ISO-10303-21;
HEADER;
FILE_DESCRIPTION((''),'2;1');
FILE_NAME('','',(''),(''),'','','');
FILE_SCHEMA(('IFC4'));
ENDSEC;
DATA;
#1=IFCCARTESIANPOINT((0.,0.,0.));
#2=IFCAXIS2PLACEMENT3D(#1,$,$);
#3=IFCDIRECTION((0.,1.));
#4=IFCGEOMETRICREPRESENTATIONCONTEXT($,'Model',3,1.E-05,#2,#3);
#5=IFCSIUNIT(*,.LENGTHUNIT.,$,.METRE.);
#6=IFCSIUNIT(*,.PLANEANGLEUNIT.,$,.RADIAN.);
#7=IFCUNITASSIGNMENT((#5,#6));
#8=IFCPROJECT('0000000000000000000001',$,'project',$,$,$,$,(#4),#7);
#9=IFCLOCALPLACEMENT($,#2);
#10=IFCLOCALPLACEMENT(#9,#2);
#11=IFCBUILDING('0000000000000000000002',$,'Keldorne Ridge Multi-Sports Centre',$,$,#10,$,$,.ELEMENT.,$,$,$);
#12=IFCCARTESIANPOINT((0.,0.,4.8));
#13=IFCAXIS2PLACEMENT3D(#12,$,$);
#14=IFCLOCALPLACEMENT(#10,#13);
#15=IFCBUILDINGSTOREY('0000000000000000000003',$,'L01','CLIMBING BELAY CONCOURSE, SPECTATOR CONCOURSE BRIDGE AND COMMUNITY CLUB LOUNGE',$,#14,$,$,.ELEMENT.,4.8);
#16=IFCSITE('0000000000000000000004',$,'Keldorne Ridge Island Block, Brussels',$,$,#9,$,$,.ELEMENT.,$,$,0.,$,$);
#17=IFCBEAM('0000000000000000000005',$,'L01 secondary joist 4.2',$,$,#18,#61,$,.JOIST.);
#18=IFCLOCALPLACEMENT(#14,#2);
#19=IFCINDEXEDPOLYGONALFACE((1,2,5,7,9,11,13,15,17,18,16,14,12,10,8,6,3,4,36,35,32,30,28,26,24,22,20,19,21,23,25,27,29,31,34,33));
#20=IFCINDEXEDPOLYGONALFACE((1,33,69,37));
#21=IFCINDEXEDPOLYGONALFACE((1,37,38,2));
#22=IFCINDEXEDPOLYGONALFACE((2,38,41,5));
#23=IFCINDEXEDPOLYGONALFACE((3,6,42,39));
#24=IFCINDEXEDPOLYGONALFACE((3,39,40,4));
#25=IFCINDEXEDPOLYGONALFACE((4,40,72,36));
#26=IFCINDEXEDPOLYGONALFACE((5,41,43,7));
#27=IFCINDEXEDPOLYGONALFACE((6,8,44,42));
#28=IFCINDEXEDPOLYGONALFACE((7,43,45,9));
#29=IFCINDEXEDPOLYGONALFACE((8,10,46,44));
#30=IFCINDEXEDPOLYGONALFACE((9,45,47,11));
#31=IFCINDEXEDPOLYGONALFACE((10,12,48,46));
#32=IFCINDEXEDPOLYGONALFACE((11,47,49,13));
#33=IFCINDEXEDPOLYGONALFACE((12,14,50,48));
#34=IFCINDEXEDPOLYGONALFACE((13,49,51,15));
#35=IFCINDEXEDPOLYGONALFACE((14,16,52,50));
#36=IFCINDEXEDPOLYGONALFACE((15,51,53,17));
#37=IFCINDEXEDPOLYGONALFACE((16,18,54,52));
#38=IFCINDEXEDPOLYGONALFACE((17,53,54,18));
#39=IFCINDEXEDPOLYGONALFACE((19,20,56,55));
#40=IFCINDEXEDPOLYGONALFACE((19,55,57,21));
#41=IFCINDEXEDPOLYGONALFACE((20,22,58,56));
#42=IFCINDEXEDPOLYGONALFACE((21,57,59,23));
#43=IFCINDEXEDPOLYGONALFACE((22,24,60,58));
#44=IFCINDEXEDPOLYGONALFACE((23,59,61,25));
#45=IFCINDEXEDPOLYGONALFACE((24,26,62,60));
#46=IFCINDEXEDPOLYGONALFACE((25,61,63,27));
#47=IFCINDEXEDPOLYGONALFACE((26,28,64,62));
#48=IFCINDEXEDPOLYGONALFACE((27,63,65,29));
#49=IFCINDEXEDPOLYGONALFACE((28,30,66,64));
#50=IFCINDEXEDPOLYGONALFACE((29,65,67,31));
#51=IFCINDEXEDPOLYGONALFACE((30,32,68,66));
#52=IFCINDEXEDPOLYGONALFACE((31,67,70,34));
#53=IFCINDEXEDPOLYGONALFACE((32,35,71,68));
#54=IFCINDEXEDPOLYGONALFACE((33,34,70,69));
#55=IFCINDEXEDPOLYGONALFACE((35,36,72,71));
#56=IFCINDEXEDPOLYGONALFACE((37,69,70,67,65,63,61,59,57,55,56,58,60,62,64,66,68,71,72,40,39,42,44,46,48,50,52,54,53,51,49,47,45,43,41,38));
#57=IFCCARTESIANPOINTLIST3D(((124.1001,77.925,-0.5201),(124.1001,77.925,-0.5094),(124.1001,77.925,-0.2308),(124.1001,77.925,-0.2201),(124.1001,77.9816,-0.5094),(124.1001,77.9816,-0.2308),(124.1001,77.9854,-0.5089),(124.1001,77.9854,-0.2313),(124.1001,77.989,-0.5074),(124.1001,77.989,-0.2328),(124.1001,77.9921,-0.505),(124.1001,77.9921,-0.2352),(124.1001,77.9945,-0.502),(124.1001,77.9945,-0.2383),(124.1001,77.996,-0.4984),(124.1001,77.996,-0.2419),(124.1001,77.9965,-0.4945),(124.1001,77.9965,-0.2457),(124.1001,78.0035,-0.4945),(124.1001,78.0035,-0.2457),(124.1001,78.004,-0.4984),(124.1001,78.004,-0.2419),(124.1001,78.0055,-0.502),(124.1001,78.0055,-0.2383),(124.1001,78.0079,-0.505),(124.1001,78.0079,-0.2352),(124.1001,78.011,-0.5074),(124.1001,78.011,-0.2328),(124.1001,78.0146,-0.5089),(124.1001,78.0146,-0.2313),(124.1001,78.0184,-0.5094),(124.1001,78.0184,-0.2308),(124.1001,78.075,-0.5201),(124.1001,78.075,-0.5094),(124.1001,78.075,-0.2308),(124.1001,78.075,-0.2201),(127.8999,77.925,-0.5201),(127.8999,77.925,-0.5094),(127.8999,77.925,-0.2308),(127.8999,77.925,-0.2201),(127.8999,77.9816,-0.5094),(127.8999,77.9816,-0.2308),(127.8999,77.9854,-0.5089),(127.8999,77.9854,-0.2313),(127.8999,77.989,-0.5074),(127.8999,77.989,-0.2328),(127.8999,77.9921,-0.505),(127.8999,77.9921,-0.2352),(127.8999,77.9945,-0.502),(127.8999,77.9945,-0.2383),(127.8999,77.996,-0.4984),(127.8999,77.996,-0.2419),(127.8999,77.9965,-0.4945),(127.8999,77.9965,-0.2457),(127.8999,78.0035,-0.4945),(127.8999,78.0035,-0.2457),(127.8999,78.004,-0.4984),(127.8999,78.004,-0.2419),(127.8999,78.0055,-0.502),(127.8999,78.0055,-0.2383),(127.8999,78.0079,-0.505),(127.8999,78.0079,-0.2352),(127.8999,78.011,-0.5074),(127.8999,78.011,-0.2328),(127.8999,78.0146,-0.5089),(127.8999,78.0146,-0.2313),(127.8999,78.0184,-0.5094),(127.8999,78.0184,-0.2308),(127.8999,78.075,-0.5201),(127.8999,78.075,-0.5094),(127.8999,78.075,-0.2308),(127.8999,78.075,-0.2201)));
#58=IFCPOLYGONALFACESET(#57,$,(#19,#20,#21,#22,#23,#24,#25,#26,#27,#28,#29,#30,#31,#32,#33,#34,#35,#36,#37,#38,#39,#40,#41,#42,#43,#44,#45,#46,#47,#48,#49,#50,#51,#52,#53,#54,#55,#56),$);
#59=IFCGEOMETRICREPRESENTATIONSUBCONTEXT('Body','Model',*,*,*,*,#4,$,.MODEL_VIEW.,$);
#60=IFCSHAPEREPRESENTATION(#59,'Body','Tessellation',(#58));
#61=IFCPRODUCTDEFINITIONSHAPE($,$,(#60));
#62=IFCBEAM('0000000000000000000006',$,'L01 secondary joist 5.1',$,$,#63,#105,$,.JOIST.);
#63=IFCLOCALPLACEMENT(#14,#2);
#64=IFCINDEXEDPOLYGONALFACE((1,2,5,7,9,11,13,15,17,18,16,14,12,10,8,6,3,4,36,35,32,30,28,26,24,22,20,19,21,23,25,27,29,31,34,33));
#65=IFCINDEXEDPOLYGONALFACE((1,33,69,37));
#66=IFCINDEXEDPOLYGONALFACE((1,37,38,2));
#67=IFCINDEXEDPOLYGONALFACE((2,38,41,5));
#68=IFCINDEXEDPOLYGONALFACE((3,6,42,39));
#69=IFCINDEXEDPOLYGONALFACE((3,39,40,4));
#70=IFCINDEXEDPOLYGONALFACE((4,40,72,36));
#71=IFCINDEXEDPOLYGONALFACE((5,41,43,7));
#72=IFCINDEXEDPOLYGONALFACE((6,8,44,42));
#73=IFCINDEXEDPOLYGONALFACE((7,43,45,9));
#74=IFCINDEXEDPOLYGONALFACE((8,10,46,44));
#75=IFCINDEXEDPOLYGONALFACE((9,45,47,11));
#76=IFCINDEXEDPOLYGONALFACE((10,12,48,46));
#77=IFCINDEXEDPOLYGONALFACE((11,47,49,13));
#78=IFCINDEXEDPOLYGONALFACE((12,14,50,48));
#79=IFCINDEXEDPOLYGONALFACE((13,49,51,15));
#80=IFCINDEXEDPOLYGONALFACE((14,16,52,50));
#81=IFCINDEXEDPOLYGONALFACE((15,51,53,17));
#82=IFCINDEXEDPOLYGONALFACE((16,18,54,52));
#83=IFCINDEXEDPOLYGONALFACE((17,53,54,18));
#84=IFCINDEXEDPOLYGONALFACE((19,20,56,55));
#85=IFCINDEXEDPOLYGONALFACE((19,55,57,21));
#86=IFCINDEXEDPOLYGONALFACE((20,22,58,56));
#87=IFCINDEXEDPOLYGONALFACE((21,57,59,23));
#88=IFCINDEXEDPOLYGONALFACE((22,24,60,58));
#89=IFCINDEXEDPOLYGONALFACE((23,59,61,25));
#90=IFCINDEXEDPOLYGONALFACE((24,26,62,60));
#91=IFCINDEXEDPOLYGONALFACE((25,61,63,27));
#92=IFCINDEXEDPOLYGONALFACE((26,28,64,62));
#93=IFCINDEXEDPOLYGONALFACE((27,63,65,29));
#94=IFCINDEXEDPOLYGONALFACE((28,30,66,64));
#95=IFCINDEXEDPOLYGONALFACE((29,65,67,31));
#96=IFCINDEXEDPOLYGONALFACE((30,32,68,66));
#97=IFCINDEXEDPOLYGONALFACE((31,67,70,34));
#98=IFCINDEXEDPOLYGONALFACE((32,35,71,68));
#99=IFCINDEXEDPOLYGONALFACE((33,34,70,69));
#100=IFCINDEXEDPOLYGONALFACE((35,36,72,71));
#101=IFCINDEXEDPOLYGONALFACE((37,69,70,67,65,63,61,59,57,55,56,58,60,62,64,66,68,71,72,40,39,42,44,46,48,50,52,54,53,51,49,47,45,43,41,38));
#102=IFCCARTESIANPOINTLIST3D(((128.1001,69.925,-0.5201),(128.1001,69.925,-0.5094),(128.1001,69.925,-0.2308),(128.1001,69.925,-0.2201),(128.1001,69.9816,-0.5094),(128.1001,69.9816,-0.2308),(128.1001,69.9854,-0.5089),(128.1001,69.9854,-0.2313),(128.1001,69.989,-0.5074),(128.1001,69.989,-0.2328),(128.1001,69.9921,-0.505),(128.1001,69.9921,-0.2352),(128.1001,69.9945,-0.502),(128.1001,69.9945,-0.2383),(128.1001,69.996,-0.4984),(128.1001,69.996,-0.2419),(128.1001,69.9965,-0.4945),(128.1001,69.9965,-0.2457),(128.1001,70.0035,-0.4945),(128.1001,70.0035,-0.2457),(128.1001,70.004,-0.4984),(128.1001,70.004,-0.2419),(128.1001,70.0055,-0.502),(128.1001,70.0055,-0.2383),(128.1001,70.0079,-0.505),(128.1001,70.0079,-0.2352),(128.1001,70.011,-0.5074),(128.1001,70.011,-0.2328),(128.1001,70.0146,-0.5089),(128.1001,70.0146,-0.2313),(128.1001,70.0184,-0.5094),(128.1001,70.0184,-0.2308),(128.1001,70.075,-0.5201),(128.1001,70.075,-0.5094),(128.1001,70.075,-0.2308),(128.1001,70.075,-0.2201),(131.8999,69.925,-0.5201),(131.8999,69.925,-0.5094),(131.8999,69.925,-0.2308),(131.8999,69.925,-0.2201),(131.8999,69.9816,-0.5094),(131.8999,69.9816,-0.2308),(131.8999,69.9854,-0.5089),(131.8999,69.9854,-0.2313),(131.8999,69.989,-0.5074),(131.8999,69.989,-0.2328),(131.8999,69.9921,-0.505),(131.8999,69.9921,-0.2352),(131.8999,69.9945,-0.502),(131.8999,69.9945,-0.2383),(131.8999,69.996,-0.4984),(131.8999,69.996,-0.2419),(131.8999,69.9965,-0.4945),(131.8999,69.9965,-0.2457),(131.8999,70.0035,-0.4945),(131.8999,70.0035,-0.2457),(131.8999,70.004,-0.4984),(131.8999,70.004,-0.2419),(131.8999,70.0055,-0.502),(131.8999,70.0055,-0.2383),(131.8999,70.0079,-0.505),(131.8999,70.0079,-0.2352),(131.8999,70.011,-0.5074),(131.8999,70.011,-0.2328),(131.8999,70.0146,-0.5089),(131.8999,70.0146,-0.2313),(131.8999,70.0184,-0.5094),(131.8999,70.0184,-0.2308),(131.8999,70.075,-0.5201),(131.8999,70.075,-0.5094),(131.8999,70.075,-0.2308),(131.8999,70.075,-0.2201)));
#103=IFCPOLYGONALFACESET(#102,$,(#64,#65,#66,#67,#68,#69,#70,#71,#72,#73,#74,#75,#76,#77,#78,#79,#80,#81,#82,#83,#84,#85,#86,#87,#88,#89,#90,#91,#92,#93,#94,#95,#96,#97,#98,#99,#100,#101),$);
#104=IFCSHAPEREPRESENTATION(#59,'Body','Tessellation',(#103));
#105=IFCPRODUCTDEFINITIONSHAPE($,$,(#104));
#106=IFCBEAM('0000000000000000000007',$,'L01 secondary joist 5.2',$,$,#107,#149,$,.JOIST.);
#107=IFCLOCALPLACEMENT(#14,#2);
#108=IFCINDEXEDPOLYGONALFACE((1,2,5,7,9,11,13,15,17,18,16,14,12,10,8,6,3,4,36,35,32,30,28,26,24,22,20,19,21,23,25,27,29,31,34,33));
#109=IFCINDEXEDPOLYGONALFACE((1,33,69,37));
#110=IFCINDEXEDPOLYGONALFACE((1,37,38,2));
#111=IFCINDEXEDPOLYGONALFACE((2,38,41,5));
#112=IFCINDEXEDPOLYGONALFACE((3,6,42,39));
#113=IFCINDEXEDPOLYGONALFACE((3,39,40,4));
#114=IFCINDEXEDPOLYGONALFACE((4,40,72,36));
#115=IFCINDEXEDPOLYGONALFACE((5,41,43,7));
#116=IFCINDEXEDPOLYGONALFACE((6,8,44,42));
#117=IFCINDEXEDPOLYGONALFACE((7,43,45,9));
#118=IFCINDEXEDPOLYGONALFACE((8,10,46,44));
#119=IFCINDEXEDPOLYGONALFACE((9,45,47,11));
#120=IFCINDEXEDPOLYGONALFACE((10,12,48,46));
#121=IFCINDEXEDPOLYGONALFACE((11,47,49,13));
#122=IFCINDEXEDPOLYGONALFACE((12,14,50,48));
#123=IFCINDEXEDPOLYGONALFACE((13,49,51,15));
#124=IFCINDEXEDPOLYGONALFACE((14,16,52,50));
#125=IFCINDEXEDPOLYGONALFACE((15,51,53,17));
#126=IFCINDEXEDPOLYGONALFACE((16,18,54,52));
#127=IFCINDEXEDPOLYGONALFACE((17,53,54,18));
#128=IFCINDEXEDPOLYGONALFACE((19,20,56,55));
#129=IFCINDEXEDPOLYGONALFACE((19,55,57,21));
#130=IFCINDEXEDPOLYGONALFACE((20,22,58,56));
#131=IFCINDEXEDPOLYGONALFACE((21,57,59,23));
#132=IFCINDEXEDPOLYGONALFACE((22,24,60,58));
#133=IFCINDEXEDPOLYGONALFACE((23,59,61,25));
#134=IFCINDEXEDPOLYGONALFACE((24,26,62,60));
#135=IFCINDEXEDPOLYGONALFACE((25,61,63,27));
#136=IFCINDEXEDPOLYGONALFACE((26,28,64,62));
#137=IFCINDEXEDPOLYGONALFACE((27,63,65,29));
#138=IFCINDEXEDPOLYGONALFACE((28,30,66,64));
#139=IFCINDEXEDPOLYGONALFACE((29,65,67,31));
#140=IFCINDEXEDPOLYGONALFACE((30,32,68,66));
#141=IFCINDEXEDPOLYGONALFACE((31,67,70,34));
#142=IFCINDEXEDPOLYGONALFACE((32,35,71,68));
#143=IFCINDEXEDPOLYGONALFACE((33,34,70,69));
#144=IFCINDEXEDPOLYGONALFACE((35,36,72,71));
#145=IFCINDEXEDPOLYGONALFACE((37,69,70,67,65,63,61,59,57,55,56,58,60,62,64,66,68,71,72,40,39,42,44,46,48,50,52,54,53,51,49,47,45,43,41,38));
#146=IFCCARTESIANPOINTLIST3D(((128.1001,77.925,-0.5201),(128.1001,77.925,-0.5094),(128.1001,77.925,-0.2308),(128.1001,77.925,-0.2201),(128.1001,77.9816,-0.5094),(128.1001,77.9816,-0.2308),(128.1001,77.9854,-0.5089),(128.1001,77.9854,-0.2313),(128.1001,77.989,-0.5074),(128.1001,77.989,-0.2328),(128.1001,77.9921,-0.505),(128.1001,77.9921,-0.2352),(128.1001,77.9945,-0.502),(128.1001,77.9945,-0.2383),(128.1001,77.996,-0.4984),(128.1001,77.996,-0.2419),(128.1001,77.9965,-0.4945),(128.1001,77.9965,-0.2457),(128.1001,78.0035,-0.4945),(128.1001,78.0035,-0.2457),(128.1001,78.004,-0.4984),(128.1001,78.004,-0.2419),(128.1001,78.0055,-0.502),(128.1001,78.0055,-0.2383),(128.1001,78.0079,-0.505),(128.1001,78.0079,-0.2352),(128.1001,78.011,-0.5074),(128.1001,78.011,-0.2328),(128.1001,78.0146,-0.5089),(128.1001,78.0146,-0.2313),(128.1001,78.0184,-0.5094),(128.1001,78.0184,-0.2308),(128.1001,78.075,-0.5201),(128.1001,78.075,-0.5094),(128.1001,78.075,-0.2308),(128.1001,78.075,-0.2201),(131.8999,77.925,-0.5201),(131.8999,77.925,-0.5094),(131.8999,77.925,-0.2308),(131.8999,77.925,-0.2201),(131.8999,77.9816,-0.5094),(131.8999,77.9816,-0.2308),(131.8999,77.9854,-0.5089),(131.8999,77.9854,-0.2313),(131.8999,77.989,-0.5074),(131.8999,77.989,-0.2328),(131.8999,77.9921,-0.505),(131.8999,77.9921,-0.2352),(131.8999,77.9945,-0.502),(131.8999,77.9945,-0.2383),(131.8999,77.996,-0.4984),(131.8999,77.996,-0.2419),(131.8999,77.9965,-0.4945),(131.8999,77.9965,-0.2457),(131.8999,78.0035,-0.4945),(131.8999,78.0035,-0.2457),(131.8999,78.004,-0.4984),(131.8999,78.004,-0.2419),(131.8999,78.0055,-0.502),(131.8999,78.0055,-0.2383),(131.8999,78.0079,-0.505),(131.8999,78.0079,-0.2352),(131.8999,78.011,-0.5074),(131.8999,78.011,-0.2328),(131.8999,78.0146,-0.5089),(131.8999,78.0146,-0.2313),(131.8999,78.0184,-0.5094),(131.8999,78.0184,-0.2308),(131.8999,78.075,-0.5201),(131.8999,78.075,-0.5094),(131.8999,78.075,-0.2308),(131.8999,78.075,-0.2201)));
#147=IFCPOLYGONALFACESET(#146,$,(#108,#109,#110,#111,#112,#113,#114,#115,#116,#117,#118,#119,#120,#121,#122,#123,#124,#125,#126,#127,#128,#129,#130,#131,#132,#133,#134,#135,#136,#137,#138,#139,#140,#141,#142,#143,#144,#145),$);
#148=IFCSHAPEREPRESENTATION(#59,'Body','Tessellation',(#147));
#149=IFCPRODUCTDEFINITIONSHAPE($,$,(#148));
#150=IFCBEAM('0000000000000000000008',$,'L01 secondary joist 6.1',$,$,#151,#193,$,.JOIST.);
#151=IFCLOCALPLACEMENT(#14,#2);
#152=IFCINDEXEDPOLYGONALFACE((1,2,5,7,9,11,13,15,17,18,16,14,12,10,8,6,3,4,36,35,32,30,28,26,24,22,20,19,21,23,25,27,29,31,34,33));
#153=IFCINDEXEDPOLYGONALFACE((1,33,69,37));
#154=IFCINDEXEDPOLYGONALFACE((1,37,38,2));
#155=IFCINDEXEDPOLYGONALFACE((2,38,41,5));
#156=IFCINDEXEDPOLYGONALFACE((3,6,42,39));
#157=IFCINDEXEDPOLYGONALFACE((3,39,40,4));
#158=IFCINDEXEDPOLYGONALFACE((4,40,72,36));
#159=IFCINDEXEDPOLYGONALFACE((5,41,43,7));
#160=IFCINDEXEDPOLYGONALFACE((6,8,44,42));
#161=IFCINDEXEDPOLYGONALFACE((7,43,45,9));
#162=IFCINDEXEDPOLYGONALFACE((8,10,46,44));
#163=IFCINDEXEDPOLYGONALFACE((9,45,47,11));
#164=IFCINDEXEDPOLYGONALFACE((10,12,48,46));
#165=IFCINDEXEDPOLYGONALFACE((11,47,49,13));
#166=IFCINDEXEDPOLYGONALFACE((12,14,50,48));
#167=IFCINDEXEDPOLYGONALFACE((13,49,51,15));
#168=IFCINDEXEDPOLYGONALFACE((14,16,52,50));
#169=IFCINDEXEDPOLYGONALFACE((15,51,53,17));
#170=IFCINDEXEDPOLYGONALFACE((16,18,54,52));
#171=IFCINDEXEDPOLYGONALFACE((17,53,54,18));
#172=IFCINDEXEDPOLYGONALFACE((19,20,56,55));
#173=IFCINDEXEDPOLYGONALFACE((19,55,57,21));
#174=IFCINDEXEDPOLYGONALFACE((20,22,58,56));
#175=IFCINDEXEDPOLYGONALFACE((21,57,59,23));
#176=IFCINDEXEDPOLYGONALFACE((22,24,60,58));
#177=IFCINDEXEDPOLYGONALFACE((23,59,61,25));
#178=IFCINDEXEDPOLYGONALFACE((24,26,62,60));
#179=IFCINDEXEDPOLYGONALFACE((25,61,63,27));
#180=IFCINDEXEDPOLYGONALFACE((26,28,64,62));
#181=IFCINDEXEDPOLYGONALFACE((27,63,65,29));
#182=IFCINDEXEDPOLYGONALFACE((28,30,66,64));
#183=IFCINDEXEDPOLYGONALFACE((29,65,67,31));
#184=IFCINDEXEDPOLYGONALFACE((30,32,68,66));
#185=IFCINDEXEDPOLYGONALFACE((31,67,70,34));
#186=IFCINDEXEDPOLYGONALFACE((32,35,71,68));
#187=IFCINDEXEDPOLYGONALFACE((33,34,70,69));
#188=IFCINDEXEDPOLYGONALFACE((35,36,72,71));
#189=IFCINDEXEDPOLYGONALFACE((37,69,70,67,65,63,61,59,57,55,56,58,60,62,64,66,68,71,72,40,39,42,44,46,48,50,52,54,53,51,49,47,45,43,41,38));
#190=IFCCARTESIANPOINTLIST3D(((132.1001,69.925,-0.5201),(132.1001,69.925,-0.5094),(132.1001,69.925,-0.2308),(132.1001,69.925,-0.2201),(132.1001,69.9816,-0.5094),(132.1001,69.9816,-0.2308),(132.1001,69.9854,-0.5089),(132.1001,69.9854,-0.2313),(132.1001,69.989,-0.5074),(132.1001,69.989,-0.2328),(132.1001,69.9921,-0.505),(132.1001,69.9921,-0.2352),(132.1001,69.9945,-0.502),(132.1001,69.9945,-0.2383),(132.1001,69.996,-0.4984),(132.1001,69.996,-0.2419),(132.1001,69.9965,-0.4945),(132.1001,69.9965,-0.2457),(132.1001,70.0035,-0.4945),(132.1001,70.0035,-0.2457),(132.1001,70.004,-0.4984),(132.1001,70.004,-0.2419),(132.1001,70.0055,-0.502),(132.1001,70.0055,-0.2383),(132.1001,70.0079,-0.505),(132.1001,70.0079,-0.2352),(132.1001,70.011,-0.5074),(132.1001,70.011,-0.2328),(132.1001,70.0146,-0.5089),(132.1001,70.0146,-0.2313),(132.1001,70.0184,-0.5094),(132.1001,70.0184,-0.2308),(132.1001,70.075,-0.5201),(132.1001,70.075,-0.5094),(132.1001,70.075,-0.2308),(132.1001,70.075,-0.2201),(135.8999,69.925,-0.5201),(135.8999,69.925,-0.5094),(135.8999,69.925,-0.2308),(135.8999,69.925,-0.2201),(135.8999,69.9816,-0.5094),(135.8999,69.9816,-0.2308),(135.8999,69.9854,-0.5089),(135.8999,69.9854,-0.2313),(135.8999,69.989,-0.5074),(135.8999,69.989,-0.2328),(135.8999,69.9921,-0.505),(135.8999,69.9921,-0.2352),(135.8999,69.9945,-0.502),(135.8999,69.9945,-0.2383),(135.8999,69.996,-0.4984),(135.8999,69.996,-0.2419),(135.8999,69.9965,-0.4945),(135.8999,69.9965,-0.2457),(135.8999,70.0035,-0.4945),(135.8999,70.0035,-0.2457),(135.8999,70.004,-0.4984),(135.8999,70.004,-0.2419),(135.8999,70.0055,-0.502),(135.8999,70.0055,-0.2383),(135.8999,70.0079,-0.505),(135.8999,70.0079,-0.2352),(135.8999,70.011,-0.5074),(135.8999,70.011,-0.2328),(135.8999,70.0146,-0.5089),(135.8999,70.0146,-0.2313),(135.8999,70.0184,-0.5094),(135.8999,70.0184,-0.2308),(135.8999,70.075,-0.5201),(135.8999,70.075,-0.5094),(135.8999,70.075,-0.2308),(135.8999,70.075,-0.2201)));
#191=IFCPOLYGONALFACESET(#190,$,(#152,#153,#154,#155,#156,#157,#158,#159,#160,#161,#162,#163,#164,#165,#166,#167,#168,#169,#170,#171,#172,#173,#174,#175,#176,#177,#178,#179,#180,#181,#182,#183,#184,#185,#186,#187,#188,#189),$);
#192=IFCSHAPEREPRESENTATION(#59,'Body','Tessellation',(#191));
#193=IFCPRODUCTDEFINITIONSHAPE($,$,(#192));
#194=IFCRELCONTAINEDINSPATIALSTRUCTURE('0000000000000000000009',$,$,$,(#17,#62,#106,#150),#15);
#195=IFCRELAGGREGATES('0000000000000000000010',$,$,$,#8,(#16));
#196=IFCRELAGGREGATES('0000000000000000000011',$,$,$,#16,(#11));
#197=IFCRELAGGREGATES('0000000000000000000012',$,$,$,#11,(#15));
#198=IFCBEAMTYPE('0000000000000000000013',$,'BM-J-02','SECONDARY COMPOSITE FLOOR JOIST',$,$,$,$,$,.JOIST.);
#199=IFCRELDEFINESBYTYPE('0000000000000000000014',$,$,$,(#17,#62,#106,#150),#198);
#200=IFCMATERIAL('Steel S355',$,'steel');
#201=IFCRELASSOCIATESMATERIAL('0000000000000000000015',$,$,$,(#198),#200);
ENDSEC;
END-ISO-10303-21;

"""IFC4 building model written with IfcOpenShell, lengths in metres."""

from ifc_helpers import new_model, si_unit, direction, frame, origin, origin_2d, place, context, subcontext, project, spatial, i_section, extrude, material, material_profile, profile_set, type_object, element, save


model = new_model("IFC4")

# Units and contexts
model_context = context("Model", 3, precision=1e-05, world=origin(), true_north=direction((0.0, 1.0)))
body_context = subcontext(model_context, "Body", "Model", "MODEL_VIEW")
ifc_project = project(units=[si_unit("LENGTHUNIT", "METRE"), si_unit("PLANEANGLEUNIT", "RADIAN")], contexts=[model_context])

# Site, building, storey
site_placement = place(None, origin())
site = spatial("IfcSite", under=ifc_project, at=site_placement, Name="Keldorne Ridge Island Block, Brussels", CompositionType="ELEMENT", RefElevation=0.0)
building_placement = place(site_placement, origin())
building = spatial("IfcBuilding", under=site, at=building_placement, Name="Keldorne Ridge Multi-Sports Centre", CompositionType="ELEMENT")
storey_placement = place(building_placement, frame((0.0, 0.0, 4.8)))
storey = spatial("IfcBuildingStorey", under=building, at=storey_placement, Name="L01", Description="CLIMBING BELAY CONCOURSE, SPECTATOR CONCOURSE BRIDGE AND COMMUNITY CLUB LOUNGE", CompositionType="ELEMENT", Elevation=4.8)

# Shared definitions
ifc_material_1 = material(Name="Steel S355", Category="steel")

# Beams
ifc_material_profile_1 = material_profile(ifc_material_1, i_section(OverallWidth=0.1499, OverallDepth=0.3, WebThickness=0.0071, FlangeThickness=0.0107, FilletRadius=0.0149, at=origin_2d()), Name="IPE 300")
ifc_profile_set_1 = profile_set([ifc_material_profile_1], Name="Steel S355")
beam_type_1 = type_object("IfcBeamType", Name="BM-J-02", Description="SECONDARY COMPOSITE FLOOR JOIST", PredefinedType="JOIST", material=ifc_profile_set_1)
for number, where, z_axis, x_axis, name in (
    (1, (124.1001, 78.0, -0.3701), (1.0, 0.0, 0.0), (0.0, 1.0, 0.0), "L01 secondary joist 4.2"),
    (2, (128.1001, 70.0, -0.3701), (1.0, 0.0, 0.0), (0.0, 1.0, 0.0), "L01 secondary joist 5.1"),
    (3, (128.1001, 78.0, -0.3701), (1.0, 0.0, 0.0), (0.0, 1.0, 0.0), "L01 secondary joist 5.2"),
    (4, (132.1001, 70.0, -0.3701), (1.0, 0.0, 0.0), (0.0, 1.0, 0.0), "L01 secondary joist 6.1"),
):
    element("IfcBeam", number, at=place(storey_placement, frame(where, z_axis=z_axis, x_axis=x_axis)), inside=storey, type_object=beam_type_1, Name=name, PredefinedType="JOIST", context=body_context, shape_type="SweptSolid", body=[
        extrude(i_section(OverallWidth=0.1499, OverallDepth=0.3, WebThickness=0.0071, FlangeThickness=0.0107, FilletRadius=0.0149, at=origin_2d()), origin(), (0.0, 0.0, 1.0), 3.7998),
    ])

save(model, "model.ifc")
